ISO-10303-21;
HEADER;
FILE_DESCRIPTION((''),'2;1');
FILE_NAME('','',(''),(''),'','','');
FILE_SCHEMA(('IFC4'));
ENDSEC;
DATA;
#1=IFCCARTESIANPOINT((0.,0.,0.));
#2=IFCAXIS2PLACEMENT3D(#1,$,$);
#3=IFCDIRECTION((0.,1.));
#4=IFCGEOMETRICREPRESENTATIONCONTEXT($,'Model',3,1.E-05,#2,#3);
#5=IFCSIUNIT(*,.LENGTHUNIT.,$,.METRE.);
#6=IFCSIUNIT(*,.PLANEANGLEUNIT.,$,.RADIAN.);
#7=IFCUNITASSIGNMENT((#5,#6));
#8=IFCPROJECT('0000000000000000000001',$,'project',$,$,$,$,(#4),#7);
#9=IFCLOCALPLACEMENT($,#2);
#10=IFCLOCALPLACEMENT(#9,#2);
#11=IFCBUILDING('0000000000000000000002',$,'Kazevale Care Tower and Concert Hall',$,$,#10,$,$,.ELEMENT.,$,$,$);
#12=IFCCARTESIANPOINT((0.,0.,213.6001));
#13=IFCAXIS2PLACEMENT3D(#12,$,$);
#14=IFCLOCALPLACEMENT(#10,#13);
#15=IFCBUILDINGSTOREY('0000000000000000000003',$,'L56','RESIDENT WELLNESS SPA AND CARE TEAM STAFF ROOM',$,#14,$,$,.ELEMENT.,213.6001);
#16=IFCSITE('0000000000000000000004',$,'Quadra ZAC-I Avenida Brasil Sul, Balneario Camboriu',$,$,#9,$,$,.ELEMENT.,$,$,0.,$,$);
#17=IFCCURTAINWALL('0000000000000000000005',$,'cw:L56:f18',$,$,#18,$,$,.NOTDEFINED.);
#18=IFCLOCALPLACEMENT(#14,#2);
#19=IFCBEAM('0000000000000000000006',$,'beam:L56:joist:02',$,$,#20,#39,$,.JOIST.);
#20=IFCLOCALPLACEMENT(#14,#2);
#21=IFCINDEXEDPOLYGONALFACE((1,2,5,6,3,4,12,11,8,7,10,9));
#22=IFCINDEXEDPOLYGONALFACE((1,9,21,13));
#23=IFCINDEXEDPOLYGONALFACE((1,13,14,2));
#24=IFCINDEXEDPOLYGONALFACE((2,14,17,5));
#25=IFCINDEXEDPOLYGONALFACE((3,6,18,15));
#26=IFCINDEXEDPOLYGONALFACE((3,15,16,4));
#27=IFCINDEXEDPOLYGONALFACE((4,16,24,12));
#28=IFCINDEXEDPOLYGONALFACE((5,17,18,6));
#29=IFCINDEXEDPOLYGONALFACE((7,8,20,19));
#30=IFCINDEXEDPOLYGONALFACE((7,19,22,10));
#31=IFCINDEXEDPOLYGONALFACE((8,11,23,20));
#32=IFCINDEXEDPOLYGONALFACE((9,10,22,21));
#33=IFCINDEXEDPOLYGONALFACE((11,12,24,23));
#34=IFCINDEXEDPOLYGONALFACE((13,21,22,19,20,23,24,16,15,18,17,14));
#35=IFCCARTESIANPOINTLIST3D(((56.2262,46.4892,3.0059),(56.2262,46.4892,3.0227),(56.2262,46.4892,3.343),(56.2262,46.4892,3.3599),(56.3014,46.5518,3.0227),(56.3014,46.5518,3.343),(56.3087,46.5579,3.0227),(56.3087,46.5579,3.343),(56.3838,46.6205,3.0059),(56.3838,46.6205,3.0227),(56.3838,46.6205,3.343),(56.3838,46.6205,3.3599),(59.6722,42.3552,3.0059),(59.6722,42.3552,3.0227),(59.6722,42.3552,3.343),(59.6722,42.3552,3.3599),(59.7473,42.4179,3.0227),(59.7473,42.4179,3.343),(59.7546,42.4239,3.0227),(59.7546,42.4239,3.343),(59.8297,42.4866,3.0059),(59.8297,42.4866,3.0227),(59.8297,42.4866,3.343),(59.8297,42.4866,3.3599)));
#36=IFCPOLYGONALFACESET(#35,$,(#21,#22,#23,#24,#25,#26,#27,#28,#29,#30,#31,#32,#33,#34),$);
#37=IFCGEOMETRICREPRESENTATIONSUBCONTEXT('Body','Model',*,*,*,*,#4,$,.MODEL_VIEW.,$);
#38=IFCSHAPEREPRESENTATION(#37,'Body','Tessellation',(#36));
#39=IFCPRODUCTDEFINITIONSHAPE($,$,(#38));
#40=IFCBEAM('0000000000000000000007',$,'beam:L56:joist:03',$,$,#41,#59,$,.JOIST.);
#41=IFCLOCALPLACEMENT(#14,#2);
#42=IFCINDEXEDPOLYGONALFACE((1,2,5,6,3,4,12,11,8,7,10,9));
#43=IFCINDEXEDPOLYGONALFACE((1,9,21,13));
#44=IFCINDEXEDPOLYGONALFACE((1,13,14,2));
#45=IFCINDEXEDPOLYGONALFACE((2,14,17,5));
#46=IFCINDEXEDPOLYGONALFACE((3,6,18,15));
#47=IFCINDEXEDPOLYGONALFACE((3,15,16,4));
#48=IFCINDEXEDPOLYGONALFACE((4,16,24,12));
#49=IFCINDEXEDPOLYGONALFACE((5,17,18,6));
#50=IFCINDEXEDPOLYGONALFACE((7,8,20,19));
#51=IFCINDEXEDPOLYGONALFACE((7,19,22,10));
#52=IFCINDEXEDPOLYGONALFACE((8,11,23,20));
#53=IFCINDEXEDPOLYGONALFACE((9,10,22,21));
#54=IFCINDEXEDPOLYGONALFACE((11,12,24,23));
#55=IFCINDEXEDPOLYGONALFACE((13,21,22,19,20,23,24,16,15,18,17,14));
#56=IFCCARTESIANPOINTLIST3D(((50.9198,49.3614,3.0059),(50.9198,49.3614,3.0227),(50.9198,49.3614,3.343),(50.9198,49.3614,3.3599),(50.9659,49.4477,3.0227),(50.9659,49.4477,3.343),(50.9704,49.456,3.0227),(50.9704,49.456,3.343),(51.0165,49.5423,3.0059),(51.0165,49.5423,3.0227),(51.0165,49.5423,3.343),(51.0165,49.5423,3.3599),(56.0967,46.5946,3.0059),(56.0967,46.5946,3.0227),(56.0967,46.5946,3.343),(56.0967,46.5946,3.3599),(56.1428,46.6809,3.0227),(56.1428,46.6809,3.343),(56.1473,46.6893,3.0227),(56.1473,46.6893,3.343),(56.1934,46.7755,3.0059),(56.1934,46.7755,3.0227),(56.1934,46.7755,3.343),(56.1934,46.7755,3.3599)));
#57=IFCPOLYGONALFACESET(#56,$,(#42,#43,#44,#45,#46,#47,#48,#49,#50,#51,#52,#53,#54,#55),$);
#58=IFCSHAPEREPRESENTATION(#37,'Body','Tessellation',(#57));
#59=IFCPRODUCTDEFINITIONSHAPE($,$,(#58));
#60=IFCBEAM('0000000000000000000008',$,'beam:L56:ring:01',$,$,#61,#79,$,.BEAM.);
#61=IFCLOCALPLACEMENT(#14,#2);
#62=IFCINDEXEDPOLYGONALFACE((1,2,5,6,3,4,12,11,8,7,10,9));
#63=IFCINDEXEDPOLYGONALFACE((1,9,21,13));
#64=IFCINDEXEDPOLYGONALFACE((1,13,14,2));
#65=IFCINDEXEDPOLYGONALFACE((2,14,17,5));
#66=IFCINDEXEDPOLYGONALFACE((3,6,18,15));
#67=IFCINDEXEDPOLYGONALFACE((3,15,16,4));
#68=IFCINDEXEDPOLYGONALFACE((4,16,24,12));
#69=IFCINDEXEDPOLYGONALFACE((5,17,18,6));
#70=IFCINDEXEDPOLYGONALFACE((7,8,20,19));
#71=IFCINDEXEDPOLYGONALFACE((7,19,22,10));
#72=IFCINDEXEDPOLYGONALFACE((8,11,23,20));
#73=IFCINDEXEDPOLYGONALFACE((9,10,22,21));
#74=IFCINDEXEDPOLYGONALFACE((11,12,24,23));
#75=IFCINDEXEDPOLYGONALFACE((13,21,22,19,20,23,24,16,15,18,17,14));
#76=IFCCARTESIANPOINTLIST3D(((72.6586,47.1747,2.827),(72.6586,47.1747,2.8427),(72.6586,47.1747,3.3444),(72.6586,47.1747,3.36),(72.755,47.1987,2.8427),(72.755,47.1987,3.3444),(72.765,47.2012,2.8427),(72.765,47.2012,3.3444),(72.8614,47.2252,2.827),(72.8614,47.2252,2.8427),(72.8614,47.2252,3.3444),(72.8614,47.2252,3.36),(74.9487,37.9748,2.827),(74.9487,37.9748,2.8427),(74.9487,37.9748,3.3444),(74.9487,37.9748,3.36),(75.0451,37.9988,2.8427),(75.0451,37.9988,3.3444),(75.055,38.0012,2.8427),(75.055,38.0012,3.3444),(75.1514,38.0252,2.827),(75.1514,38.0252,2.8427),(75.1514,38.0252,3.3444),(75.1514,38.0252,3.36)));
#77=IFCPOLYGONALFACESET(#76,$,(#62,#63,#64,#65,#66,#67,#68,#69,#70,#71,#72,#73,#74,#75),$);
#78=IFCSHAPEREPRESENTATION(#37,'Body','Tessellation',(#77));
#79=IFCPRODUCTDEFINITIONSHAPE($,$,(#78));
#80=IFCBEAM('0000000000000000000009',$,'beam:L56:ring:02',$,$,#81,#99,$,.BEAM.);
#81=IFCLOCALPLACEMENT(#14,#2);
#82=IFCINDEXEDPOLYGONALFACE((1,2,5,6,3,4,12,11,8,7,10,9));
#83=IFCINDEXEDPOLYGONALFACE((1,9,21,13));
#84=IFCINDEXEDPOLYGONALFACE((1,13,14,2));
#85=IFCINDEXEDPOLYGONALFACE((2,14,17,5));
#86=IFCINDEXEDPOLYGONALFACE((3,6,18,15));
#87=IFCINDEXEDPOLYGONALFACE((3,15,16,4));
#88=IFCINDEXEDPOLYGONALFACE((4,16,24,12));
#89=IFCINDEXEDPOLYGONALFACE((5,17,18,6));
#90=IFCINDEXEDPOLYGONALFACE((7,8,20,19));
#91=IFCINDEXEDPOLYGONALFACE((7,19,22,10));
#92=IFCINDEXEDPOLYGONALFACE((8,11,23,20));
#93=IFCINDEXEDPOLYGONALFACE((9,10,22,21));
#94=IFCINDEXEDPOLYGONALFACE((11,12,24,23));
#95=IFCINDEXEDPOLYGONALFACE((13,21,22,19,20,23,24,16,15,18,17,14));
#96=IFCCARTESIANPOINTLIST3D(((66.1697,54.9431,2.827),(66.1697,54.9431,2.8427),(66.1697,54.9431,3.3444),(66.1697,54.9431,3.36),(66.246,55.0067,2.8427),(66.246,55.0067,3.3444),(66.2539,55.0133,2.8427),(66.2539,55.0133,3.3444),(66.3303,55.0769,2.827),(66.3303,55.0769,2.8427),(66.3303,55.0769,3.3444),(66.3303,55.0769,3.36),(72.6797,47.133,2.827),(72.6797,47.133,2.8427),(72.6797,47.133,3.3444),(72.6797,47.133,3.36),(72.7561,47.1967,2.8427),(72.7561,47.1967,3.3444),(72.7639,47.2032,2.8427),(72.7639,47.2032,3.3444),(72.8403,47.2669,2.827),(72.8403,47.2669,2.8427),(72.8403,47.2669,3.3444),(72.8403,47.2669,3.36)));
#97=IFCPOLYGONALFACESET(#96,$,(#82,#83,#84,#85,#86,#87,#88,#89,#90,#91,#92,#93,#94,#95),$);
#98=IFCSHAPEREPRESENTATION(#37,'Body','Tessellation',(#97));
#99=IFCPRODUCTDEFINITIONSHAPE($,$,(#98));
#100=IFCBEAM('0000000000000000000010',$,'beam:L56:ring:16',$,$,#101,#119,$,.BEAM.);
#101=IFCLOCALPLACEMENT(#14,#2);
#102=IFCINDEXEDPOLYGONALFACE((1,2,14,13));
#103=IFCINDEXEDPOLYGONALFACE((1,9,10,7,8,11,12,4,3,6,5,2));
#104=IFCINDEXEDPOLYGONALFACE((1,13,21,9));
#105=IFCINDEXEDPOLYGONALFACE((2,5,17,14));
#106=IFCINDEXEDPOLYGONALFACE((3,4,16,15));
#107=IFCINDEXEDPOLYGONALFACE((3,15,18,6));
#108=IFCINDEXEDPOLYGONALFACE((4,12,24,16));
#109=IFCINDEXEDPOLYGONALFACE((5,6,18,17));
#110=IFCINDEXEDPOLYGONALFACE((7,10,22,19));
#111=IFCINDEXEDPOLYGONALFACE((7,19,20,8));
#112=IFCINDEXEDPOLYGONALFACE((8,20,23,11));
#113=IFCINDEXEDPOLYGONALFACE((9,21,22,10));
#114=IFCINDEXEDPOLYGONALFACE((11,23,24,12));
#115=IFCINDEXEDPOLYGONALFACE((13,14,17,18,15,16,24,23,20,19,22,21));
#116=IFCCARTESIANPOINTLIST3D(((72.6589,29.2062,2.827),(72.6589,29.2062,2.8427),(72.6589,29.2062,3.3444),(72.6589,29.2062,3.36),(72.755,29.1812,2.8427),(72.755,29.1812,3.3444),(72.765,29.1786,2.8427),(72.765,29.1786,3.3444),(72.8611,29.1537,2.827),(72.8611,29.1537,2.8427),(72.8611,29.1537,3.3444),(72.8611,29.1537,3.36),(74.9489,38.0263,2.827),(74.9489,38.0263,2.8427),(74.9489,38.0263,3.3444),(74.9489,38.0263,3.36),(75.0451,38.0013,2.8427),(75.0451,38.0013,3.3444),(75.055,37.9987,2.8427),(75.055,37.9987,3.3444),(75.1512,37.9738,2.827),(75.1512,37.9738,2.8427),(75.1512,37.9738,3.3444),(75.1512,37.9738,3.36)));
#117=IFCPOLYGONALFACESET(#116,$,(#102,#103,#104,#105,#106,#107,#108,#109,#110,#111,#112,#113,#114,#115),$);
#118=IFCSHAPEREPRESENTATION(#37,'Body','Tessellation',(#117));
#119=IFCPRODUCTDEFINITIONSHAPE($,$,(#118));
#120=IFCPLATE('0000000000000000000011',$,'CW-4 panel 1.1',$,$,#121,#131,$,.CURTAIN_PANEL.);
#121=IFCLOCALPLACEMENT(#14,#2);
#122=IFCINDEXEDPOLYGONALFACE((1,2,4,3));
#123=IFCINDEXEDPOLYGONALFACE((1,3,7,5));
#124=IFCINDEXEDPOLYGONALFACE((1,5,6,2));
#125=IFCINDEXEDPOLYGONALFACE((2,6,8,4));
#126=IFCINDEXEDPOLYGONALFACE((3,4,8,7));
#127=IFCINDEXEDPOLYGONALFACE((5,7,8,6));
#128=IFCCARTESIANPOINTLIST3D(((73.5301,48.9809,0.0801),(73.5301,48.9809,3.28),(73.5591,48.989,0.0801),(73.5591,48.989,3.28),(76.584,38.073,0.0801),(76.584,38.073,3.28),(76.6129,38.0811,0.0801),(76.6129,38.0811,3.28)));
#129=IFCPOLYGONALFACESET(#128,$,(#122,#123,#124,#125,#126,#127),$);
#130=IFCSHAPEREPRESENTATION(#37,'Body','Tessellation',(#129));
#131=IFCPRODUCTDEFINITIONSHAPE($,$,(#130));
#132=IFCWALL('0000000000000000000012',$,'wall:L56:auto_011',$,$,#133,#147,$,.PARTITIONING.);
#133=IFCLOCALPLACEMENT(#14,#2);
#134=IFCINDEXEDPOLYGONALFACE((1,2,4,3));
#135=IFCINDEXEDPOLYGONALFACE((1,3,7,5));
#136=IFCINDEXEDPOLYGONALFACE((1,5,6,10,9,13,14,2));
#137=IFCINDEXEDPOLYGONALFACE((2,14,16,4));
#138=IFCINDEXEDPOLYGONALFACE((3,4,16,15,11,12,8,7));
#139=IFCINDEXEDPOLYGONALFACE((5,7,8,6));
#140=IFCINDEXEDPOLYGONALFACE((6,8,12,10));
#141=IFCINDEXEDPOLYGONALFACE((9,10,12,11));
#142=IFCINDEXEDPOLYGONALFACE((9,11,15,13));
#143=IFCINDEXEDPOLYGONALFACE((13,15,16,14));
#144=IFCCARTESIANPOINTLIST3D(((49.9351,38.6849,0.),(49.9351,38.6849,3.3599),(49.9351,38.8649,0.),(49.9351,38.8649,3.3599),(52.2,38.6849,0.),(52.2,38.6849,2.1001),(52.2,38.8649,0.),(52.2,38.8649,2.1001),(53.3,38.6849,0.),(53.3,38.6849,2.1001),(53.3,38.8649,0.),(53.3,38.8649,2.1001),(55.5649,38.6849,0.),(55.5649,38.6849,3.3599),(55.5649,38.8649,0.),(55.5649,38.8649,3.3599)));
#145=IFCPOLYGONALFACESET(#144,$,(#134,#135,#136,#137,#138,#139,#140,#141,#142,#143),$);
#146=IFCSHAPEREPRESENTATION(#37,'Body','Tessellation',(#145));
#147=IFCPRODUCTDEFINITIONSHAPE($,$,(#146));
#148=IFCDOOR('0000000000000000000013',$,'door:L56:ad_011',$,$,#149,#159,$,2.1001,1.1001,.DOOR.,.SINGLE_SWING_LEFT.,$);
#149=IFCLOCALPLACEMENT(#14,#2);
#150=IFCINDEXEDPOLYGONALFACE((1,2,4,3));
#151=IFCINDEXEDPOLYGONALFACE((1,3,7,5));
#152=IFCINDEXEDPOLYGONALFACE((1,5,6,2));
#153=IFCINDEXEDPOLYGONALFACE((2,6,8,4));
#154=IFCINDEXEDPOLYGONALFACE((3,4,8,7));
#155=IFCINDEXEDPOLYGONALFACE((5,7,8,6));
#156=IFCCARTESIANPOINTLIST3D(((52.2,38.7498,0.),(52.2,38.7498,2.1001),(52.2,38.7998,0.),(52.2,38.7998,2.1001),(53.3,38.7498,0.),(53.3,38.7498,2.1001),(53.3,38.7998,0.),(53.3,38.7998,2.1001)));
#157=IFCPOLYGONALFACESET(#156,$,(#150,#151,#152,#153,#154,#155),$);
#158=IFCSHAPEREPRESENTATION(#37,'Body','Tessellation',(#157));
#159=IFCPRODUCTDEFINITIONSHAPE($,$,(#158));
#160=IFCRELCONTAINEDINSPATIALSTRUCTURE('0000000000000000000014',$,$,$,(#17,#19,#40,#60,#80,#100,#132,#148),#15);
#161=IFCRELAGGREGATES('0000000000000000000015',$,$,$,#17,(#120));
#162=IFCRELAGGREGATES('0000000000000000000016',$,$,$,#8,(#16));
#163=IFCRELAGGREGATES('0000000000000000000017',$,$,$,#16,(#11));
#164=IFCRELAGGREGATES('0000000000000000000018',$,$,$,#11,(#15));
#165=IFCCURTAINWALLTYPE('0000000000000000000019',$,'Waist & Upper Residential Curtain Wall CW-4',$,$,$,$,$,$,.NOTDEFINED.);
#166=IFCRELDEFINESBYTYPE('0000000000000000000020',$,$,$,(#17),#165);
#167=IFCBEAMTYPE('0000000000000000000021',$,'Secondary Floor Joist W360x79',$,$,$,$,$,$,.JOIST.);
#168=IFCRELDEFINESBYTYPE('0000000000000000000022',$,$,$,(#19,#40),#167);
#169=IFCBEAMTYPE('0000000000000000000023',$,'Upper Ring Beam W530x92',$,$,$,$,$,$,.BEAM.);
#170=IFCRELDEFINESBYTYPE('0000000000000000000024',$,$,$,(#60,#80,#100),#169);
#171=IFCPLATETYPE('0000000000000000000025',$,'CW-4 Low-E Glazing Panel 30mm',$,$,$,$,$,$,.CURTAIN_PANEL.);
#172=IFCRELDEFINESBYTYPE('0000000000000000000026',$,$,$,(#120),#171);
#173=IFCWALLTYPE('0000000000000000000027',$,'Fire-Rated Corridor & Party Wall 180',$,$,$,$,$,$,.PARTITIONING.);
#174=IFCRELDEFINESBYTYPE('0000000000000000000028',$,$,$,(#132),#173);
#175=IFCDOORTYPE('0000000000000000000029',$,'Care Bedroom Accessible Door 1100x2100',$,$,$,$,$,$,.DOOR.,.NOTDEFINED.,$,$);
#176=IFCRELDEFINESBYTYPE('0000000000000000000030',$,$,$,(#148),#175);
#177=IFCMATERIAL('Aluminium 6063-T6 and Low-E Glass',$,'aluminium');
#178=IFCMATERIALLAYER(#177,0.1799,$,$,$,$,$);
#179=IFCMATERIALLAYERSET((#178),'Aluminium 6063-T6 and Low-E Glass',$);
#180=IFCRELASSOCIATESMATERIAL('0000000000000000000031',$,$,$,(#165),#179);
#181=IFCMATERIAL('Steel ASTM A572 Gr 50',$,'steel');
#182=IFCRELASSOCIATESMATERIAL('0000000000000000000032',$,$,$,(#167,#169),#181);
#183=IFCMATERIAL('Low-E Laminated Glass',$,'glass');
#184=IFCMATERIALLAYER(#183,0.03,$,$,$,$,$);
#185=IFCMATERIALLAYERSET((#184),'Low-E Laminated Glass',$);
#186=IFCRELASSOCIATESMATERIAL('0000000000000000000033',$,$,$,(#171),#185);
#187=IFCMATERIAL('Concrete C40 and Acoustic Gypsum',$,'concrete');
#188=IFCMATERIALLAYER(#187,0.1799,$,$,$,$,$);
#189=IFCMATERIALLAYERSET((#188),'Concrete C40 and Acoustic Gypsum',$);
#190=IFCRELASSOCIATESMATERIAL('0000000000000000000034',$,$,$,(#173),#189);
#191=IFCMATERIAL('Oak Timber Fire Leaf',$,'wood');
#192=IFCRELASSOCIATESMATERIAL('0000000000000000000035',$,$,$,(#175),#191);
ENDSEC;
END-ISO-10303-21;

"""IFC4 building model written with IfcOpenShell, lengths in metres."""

from ifc_helpers import new_model, si_unit, direction, frame, frame_2d, origin, origin_2d, place, context, subcontext, project, spatial, rectangle, i_section, extrude, material, layer, layer_set, material_profile, profile_set, type_object, element, fill, aggregate, save


model = new_model("IFC4")

# Units and contexts
model_context = context("Model", 3, precision=1e-05, world=origin(), true_north=direction((0.0, 1.0)))
body_context = subcontext(model_context, "Body", "Model", "MODEL_VIEW")
ifc_project = project(units=[si_unit("LENGTHUNIT", "METRE"), si_unit("PLANEANGLEUNIT", "RADIAN")], contexts=[model_context])

# Site, building, storey
site_placement = place(None, origin())
site = spatial("IfcSite", under=ifc_project, at=site_placement, Name="Quadra ZAC-I Avenida Brasil Sul, Balneario Camboriu", CompositionType="ELEMENT", RefElevation=0.0)
building_placement = place(site_placement, origin())
building = spatial("IfcBuilding", under=site, at=building_placement, Name="Kazevale Care Tower and Concert Hall", CompositionType="ELEMENT")
storey_placement = place(building_placement, frame((0.0, 0.0, 213.6001)))
storey = spatial("IfcBuildingStorey", under=building, at=storey_placement, Name="L56", Description="RESIDENT WELLNESS SPA AND CARE TEAM STAFF ROOM", CompositionType="ELEMENT", Elevation=213.6001)

# Curtain wall
ifc_material_1 = material(Name="Aluminium 6063-T6 and Low-E Glass", Category="aluminium")
ifc_layer_1 = layer(ifc_material_1, 0.1799)
ifc_layer_set_1 = layer_set([ifc_layer_1], Name="Aluminium 6063-T6 and Low-E Glass")
curtain_wall_type = type_object("IfcCurtainWallType", Name="Waist & Upper Residential Curtain Wall CW-4", PredefinedType="NOTDEFINED", material=ifc_layer_set_1)
curtain_wall_placement = place(storey_placement, origin())
curtain_wall = element("IfcCurtainWall", 1, at=curtain_wall_placement, inside=storey, type_object=curtain_wall_type, Name="cw:L56:f18", PredefinedType="NOTDEFINED")

# Beams
ifc_material_2 = material(Name="Steel ASTM A572 Gr 50", Category="steel")
ifc_material_profile_1 = material_profile(ifc_material_2, i_section(OverallWidth=0.2051, OverallDepth=0.354, WebThickness=0.0095, FlangeThickness=0.0168, at=origin_2d()), Name="W360x79")
ifc_profile_set_1 = profile_set([ifc_material_profile_1], Name="Steel ASTM A572 Gr 50")
beam_type_1 = type_object("IfcBeamType", Name="Secondary Floor Joist W360x79", PredefinedType="JOIST", material=ifc_profile_set_1)
beam_1_placement = place(storey_placement, frame((59.751, 42.4209, 3.1829), z_axis=(-0.640296, 0.768128, 0.0), x_axis=(-0.768128, -0.640296, 0.0)))
element("IfcBeam", 2, at=beam_1_placement, inside=storey, type_object=beam_type_1, Name="beam:L56:joist:02", PredefinedType="JOIST", context=body_context, shape_type="SweptSolid", body=[
    extrude(i_section(OverallWidth=0.2051, OverallDepth=0.354, WebThickness=0.0095, FlangeThickness=0.0168, at=origin_2d()), origin(), (0.0, 0.0, 1.0), 5.3818),
])
beam_2_placement = place(storey_placement, frame((56.145, 46.6851, 3.1829), z_axis=(-0.881944, 0.471354, 0.0), x_axis=(-0.471354, -0.881944, 0.0)))
element("IfcBeam", 3, at=beam_2_placement, inside=storey, type_object=beam_type_1, Name="beam:L56:joist:03", PredefinedType="JOIST", context=body_context, shape_type="SweptSolid", body=[
    extrude(i_section(OverallWidth=0.2051, OverallDepth=0.354, WebThickness=0.0095, FlangeThickness=0.0168, at=origin_2d()), origin(), (0.0, 0.0, 1.0), 5.8699),
])
ifc_material_profile_2 = material_profile(ifc_material_2, i_section(OverallWidth=0.209, OverallDepth=0.533, WebThickness=0.0103, FlangeThickness=0.0156, at=origin_2d()), Name="W530x92")
ifc_profile_set_2 = profile_set([ifc_material_profile_2], Name="Steel ASTM A572 Gr 50")
beam_type_2 = type_object("IfcBeamType", Name="Upper Ring Beam W530x92", PredefinedType="BEAM", material=ifc_profile_set_2)
beam_3_placement = place(storey_placement, frame((75.05, 38.0, 3.0935), z_axis=(-0.241548, 0.970389, 0.0), x_axis=(-0.970389, -0.241548, 0.0)))
element("IfcBeam", 4, at=beam_3_placement, inside=storey, type_object=beam_type_2, Name="beam:L56:ring:01", PredefinedType="BEAM", context=body_context, shape_type="SweptSolid", body=[
    extrude(i_section(OverallWidth=0.209, OverallDepth=0.533, WebThickness=0.0103, FlangeThickness=0.0156, at=origin_2d()), origin(), (0.0, 0.0, 1.0), 9.4807),
])
beam_4_placement = place(storey_placement, frame((72.76, 47.2, 3.0935), z_axis=(-0.640279, 0.768143, 0.0), x_axis=(-0.768143, -0.640279, 0.0)))
element("IfcBeam", 5, at=beam_4_placement, inside=storey, type_object=beam_type_2, Name="beam:L56:ring:02", PredefinedType="BEAM", context=body_context, shape_type="SweptSolid", body=[
    extrude(i_section(OverallWidth=0.209, OverallDepth=0.533, WebThickness=0.0103, FlangeThickness=0.0156, at=origin_2d()), origin(), (0.0, 0.0, 1.0), 10.1675),
])
beam_5_placement = place(storey_placement, frame((72.76, 29.1799, 3.0935), z_axis=(0.251307, 0.967907, 0.0), x_axis=(-0.967907, 0.251307, 0.0)))
element("IfcBeam", 6, at=beam_5_placement, inside=storey, type_object=beam_type_2, Name="beam:L56:ring:16", PredefinedType="BEAM", context=body_context, shape_type="SweptSolid", body=[
    extrude(i_section(OverallWidth=0.209, OverallDepth=0.533, WebThickness=0.0103, FlangeThickness=0.0156, at=origin_2d()), origin(), (0.0, 0.0, 1.0), 9.1125),
])

# Plate
ifc_material_3 = material(Name="Low-E Laminated Glass", Category="glass")
ifc_layer_2 = layer(ifc_material_3, 0.03)
ifc_layer_set_2 = layer_set([ifc_layer_2], Name="Low-E Laminated Glass")
plate_type = type_object("IfcPlateType", Name="CW-4 Low-E Glazing Panel 30mm", PredefinedType="CURTAIN_PANEL", material=ifc_layer_set_2)
plate_placement = place(storey_placement, frame((75.0715, 43.531, 0.0801), z_axis=(0.0, 0.0, 1.0), x_axis=(0.269601, -0.962972, 0.0)))
plate = element("IfcPlate", 7, at=plate_placement, type_object=plate_type, Name="CW-4 panel 1.1", PredefinedType="CURTAIN_PANEL", context=body_context, shape_type="SweptSolid", body=[
    extrude(rectangle(XDim=11.3274, YDim=0.03, at=origin_2d()), origin(), (0.0, 0.0, 1.0), 3.2),
])
aggregate(curtain_wall, [plate])

# Wall, opening, door
ifc_material_4 = material(Name="Concrete C40 and Acoustic Gypsum", Category="concrete")
ifc_layer_3 = layer(ifc_material_4, 0.1799)
ifc_layer_set_3 = layer_set([ifc_layer_3], Name="Concrete C40 and Acoustic Gypsum")
wall_type_1 = type_object("IfcWallType", Name="Fire-Rated Corridor & Party Wall 180", PredefinedType="PARTITIONING", material=ifc_layer_set_3)
wall_1_placement = place(storey_placement, frame((49.9351, 38.7749, 0.0), z_axis=(0.0, 0.0, 1.0), x_axis=(1.0, 0.0, 0.0)))
wall_1 = element("IfcWall", 8, at=wall_1_placement, inside=storey, type_object=wall_type_1, Name="wall:L56:auto_011", PredefinedType="PARTITIONING", context=body_context, shape_type="SweptSolid", body=[
    extrude(rectangle(XDim=5.6299, YDim=0.1799, at=frame_2d((2.8149, 0.0))), origin(), (0.0, 0.0, 1.0), 3.3599),
])
opening_1_placement = place(wall_1_placement, frame((2.2649, 0.0, 0.0)))
opening_1 = element("IfcOpeningElement", 9, at=opening_1_placement, cuts=wall_1, PredefinedType="OPENING", context=body_context, shape_type="SweptSolid", body=[
    extrude(rectangle(XDim=1.1001, YDim=2.1001, at=frame_2d((0.55, 1.05))), frame((0.0, 0.0999, 0.0), z_axis=(0.0, -1.0, 0.0), x_axis=(1.0, 0.0, 0.0)), (0.0, 0.0, 1.0), 0.2),
])
ifc_material_5 = material(Name="Oak Timber Fire Leaf", Category="wood")
door_type = type_object("IfcDoorType", Name="Care Bedroom Accessible Door 1100x2100", OperationType="NOTDEFINED", PredefinedType="DOOR", material=ifc_material_5)
door_1_placement = place(opening_1_placement, origin())
door_1 = element("IfcDoor", 10, at=door_1_placement, inside=storey, type_object=door_type, Name="door:L56:ad_011", OperationType="SINGLE_SWING_LEFT", OverallHeight=2.1001, OverallWidth=1.1001, PredefinedType="DOOR", context=body_context, shape_type="SweptSolid", body=[
    extrude(rectangle(XDim=1.1001, YDim=2.1001, at=frame_2d((0.55, 1.05))), frame((0.0, 0.0249, 0.0), z_axis=(0.0, -1.0, 0.0), x_axis=(1.0, 0.0, 0.0)), (0.0, 0.0, 1.0), 0.05),
])
fill(opening_1, door_1)

save(model, "model.ifc")
